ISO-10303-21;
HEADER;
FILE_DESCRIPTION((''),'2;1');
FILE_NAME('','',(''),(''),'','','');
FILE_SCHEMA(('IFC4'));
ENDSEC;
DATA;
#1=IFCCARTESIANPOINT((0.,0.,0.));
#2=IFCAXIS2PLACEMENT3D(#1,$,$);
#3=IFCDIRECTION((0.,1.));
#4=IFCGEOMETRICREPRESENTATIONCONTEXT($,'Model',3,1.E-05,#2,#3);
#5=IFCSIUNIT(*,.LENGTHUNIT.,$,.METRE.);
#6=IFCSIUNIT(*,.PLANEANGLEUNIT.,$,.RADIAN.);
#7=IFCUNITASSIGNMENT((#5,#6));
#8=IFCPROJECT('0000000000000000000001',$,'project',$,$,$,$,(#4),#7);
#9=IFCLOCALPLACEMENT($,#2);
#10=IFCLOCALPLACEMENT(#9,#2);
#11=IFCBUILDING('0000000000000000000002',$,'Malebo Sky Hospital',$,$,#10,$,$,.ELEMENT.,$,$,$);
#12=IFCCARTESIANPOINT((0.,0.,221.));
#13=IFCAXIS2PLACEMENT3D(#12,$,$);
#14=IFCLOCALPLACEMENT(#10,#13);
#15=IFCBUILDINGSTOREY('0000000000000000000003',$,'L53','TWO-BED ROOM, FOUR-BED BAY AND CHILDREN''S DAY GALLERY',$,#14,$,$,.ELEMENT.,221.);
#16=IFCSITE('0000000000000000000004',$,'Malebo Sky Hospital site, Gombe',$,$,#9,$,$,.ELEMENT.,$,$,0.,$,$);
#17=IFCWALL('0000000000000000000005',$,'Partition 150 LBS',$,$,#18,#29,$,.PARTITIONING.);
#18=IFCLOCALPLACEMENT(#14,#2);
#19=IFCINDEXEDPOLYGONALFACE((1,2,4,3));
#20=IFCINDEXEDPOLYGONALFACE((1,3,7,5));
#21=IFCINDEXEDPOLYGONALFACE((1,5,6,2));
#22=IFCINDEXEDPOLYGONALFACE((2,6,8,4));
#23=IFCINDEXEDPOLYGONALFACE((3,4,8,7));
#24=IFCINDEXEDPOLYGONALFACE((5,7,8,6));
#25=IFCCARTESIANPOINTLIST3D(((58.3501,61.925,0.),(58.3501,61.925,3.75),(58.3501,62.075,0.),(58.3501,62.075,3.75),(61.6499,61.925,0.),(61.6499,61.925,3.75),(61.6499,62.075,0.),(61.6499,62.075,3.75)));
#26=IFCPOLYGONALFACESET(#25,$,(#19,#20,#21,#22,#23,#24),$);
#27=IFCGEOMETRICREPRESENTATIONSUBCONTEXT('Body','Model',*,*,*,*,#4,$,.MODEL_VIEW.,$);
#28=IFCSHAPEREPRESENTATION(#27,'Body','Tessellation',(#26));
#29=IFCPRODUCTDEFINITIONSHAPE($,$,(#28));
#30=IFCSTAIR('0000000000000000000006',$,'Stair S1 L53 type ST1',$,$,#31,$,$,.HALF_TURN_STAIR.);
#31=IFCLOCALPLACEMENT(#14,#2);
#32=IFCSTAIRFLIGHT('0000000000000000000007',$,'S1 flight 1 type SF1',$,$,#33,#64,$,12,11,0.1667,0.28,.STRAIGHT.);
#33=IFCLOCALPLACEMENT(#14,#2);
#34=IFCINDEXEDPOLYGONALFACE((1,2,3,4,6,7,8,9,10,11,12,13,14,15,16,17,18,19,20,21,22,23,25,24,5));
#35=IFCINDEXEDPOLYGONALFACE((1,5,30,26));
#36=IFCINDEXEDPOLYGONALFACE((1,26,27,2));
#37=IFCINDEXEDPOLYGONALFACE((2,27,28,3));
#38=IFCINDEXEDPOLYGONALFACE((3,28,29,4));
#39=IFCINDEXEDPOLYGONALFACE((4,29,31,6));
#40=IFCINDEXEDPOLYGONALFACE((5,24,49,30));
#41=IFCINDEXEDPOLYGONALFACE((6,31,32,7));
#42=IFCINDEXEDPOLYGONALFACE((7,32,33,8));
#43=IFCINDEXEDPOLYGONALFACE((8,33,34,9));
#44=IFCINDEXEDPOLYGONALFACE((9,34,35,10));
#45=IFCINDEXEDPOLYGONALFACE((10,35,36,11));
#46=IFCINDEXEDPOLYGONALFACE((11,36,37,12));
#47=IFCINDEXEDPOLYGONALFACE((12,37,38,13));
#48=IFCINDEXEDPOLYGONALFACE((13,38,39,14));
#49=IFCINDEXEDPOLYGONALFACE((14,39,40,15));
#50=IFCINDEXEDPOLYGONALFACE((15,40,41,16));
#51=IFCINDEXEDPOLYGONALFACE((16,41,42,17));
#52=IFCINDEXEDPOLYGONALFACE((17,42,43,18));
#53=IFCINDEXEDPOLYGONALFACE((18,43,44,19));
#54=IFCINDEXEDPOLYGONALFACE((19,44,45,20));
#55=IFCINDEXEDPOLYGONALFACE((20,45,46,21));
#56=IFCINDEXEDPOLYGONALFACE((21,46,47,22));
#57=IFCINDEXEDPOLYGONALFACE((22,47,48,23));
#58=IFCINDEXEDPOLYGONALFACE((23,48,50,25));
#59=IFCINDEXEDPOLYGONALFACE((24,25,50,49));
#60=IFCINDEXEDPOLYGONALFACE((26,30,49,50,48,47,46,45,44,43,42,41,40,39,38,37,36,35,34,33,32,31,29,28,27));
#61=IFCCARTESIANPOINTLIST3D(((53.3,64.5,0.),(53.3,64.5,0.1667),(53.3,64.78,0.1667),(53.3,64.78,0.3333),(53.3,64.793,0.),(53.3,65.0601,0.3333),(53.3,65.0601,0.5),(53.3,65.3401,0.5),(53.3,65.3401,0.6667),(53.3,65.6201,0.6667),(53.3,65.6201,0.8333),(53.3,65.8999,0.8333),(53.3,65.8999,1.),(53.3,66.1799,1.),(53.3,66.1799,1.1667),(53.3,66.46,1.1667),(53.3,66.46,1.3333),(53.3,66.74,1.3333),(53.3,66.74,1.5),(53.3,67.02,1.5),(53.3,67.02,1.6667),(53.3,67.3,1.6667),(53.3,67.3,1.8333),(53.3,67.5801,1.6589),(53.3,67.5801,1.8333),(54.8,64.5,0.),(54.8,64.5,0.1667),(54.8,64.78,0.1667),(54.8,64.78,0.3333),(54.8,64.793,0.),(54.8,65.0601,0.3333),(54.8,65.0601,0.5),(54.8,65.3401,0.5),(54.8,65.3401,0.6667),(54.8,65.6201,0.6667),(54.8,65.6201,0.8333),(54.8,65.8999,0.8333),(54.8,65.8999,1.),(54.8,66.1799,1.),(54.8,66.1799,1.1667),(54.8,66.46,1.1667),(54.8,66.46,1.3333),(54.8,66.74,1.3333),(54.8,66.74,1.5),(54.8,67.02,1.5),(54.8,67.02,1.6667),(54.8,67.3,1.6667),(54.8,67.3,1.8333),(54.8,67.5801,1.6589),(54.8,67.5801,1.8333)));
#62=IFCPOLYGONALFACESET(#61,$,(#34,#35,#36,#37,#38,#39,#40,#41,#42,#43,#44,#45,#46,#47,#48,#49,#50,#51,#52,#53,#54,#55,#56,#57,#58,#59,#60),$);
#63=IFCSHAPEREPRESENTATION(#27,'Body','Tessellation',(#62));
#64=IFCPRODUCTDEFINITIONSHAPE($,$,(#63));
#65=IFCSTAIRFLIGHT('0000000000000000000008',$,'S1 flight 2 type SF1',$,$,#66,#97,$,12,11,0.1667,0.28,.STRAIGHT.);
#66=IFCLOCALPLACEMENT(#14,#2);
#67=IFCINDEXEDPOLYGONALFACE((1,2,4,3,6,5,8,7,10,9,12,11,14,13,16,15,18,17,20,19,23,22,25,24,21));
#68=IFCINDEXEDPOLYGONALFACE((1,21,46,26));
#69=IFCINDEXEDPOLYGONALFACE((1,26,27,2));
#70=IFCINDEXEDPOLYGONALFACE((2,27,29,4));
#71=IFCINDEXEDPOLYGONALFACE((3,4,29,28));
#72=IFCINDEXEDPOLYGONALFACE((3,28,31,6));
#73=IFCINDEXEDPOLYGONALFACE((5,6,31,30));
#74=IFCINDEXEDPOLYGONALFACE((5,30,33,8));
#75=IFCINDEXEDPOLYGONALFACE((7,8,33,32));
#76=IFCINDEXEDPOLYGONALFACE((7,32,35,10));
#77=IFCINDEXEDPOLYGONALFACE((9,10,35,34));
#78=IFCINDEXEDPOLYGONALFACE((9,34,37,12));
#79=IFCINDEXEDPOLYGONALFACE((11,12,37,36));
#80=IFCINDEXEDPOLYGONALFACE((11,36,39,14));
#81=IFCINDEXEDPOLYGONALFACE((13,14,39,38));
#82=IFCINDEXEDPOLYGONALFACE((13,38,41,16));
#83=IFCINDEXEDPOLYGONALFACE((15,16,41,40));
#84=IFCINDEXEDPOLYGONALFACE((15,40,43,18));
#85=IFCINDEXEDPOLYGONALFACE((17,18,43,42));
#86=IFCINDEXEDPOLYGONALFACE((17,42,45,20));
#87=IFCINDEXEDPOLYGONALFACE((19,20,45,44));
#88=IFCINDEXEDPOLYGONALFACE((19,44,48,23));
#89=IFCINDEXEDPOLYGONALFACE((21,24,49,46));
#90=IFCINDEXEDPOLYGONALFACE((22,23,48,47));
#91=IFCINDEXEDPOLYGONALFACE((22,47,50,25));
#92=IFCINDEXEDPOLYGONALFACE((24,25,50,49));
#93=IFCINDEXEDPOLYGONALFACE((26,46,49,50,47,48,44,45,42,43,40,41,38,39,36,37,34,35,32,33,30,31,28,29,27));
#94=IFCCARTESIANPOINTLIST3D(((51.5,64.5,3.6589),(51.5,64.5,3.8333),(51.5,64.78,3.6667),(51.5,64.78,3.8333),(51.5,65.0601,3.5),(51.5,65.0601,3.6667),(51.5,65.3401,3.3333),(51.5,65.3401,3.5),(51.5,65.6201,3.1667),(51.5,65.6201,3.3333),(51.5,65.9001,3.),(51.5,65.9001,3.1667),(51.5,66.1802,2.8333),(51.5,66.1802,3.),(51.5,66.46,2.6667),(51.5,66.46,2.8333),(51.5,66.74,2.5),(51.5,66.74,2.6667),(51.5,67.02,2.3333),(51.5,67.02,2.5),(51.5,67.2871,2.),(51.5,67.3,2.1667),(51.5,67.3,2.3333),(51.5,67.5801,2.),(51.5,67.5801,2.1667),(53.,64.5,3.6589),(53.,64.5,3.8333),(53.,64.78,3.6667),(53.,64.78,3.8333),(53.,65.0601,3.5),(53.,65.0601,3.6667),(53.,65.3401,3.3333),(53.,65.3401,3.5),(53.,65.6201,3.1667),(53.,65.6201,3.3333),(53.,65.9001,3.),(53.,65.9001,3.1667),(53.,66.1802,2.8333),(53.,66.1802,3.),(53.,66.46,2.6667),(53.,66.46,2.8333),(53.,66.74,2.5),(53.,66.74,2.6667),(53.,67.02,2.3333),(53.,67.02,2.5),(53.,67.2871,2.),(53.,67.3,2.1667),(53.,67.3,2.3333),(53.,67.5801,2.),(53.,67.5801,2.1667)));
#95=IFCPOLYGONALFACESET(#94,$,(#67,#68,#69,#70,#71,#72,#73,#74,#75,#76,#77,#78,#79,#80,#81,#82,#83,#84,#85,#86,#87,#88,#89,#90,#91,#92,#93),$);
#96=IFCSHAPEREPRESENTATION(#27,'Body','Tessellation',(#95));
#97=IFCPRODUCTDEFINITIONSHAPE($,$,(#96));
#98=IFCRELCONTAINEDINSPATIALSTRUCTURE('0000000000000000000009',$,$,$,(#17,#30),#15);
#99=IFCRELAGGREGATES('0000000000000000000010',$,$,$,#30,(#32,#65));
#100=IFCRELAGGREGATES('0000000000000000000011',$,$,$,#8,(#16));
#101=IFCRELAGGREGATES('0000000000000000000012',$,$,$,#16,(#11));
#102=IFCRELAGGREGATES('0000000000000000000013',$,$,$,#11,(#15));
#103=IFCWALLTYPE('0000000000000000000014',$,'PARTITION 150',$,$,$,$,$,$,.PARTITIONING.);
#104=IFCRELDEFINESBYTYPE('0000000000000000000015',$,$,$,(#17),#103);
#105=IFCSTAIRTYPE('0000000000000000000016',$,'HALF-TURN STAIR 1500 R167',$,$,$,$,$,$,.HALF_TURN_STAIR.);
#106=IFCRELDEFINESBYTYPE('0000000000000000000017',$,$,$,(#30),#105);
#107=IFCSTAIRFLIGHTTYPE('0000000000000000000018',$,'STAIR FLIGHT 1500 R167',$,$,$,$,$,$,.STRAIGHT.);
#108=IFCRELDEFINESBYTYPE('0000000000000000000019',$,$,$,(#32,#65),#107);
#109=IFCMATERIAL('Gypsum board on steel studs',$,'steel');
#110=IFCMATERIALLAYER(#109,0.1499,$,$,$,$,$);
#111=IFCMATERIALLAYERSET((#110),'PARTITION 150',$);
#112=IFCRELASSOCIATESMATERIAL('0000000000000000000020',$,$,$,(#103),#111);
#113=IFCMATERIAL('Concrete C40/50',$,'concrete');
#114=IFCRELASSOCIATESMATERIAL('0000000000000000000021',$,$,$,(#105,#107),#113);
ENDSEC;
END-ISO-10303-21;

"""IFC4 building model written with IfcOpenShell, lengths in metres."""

from ifc_helpers import new_model, si_unit, direction, frame, frame_2d, origin, place, context, subcontext, project, spatial, polyline, rectangle, outline, extrude, material, layer, layer_set, type_object, element, aggregate, save


model = new_model("IFC4")

# Units and contexts
model_context = context("Model", 3, precision=1e-05, world=origin(), true_north=direction((0.0, 1.0)))
body_context = subcontext(model_context, "Body", "Model", "MODEL_VIEW")
ifc_project = project(units=[si_unit("LENGTHUNIT", "METRE"), si_unit("PLANEANGLEUNIT", "RADIAN")], contexts=[model_context])

# Site, building, storey
site_placement = place(None, origin())
site = spatial("IfcSite", under=ifc_project, at=site_placement, Name="Malebo Sky Hospital site, Gombe", CompositionType="ELEMENT", RefElevation=0.0)
building_placement = place(site_placement, origin())
building = spatial("IfcBuilding", under=site, at=building_placement, Name="Malebo Sky Hospital", CompositionType="ELEMENT")
storey_placement = place(building_placement, frame((0.0, 0.0, 221.0)))
storey = spatial("IfcBuildingStorey", under=building, at=storey_placement, Name="L53", Description="TWO-BED ROOM, FOUR-BED BAY AND CHILDREN'S DAY GALLERY", CompositionType="ELEMENT", Elevation=221.0)

# Shared definitions
ifc_material_1 = material(Name="Gypsum board on steel studs", Category="steel")
ifc_layer_1 = layer(ifc_material_1, 0.1499)
ifc_layer_set_1 = layer_set([ifc_layer_1], Name="PARTITION 150")
wall_type_1 = type_object("IfcWallType", Name="PARTITION 150", PredefinedType="PARTITIONING", material=ifc_layer_set_1)

# Wall
wall_1_placement = place(storey_placement, frame((58.3501, 62.0, 0.0), z_axis=(0.0, 0.0, 1.0), x_axis=(1.0, 0.0, 0.0)))
element("IfcWall", 1, at=wall_1_placement, inside=storey, type_object=wall_type_1, Name="Partition 150 LBS", PredefinedType="PARTITIONING", context=body_context, shape_type="SweptSolid", body=[
    extrude(rectangle(XDim=3.2998, YDim=0.1499, at=frame_2d((1.6499, 0.0))), origin(), (0.0, 0.0, 1.0), 3.75),
])

# Stair, stair flights
ifc_material_2 = material(Name="Concrete C40/50", Category="concrete")
stair_type = type_object("IfcStairType", Name="HALF-TURN STAIR 1500 R167", PredefinedType="HALF_TURN_STAIR", material=ifc_material_2)
stair_placement = place(storey_placement, origin())
stair = element("IfcStair", 2, at=stair_placement, inside=storey, type_object=stair_type, Name="Stair S1 L53 type ST1", PredefinedType="HALF_TURN_STAIR")
stair_flight_type = type_object("IfcStairFlightType", Name="STAIR FLIGHT 1500 R167", PredefinedType="STRAIGHT", material=ifc_material_2)
stair_flight_1_placement = place(storey_placement, frame((54.05, 64.5, 0.0), z_axis=(0.0, 0.0, 1.0), x_axis=(0.0, 1.0, 0.0)))
stair_flight_1 = element("IfcStairFlight", 3, at=stair_flight_1_placement, type_object=stair_flight_type, Name="S1 flight 1 type SF1", NumberOfRisers=12, NumberOfTreads=11, PredefinedType="STRAIGHT", RiserHeight=0.1667, TreadLength=0.28, context=body_context, shape_type="SweptSolid", body=[
    extrude(outline(polyline([(0.0, 0.0), (0.0, 0.1667), (0.28, 0.1667), (0.28, 0.3333), (0.5601, 0.3333), (0.5601, 0.5), (0.8401, 0.5), (0.8401, 0.6667), (1.1201, 0.6667), (1.1201, 0.8333), (1.3999, 0.8333), (1.3999, 1.0), (1.6799, 1.0), (1.6799, 1.1667), (1.96, 1.1667), (1.96, 1.3333), (2.24, 1.3333), (2.24, 1.5), (2.52, 1.5), (2.52, 1.6667), (2.8, 1.6667), (2.8, 1.8333), (3.0801, 1.8333), (3.0801, 2.0), (3.0801, 1.6589), (0.293, 0.0), (0.0, 0.0)])), frame((0.0, 0.75, 0.0), z_axis=(0.0, -1.0, 0.0), x_axis=(1.0, 0.0, 0.0)), (0.0, 0.0, 1.0), 1.5),
])
stair_flight_2_placement = place(storey_placement, frame((52.25, 67.5801, 2.0), z_axis=(0.0, 0.0, 1.0), x_axis=(0.0, -1.0, 0.0)))
stair_flight_2 = element("IfcStairFlight", 4, at=stair_flight_2_placement, type_object=stair_flight_type, Name="S1 flight 2 type SF1", NumberOfRisers=12, NumberOfTreads=11, PredefinedType="STRAIGHT", RiserHeight=0.1667, TreadLength=0.28, context=body_context, shape_type="SweptSolid", body=[
    extrude(outline(polyline([(0.0, 0.0), (0.0, 0.1667), (0.28, 0.1667), (0.28, 0.3333), (0.5601, 0.3333), (0.5601, 0.5), (0.8401, 0.5), (0.8401, 0.6667), (1.1201, 0.6667), (1.1201, 0.8333), (1.3999, 0.8333), (1.3999, 1.0), (1.6799, 1.0), (1.6799, 1.1667), (1.96, 1.1667), (1.96, 1.3333), (2.24, 1.3333), (2.24, 1.5), (2.52, 1.5), (2.52, 1.6667), (2.8, 1.6667), (2.8, 1.8333), (3.0801, 1.8333), (3.0801, 2.0), (3.0801, 1.6589), (0.293, 0.0), (0.0, 0.0)])), frame((0.0, 0.75, 0.0), z_axis=(0.0, -1.0, 0.0), x_axis=(1.0, 0.0, 0.0)), (0.0, 0.0, 1.0), 1.5),
])
aggregate(stair, [stair_flight_1, stair_flight_2])

save(model, "model.ifc")
